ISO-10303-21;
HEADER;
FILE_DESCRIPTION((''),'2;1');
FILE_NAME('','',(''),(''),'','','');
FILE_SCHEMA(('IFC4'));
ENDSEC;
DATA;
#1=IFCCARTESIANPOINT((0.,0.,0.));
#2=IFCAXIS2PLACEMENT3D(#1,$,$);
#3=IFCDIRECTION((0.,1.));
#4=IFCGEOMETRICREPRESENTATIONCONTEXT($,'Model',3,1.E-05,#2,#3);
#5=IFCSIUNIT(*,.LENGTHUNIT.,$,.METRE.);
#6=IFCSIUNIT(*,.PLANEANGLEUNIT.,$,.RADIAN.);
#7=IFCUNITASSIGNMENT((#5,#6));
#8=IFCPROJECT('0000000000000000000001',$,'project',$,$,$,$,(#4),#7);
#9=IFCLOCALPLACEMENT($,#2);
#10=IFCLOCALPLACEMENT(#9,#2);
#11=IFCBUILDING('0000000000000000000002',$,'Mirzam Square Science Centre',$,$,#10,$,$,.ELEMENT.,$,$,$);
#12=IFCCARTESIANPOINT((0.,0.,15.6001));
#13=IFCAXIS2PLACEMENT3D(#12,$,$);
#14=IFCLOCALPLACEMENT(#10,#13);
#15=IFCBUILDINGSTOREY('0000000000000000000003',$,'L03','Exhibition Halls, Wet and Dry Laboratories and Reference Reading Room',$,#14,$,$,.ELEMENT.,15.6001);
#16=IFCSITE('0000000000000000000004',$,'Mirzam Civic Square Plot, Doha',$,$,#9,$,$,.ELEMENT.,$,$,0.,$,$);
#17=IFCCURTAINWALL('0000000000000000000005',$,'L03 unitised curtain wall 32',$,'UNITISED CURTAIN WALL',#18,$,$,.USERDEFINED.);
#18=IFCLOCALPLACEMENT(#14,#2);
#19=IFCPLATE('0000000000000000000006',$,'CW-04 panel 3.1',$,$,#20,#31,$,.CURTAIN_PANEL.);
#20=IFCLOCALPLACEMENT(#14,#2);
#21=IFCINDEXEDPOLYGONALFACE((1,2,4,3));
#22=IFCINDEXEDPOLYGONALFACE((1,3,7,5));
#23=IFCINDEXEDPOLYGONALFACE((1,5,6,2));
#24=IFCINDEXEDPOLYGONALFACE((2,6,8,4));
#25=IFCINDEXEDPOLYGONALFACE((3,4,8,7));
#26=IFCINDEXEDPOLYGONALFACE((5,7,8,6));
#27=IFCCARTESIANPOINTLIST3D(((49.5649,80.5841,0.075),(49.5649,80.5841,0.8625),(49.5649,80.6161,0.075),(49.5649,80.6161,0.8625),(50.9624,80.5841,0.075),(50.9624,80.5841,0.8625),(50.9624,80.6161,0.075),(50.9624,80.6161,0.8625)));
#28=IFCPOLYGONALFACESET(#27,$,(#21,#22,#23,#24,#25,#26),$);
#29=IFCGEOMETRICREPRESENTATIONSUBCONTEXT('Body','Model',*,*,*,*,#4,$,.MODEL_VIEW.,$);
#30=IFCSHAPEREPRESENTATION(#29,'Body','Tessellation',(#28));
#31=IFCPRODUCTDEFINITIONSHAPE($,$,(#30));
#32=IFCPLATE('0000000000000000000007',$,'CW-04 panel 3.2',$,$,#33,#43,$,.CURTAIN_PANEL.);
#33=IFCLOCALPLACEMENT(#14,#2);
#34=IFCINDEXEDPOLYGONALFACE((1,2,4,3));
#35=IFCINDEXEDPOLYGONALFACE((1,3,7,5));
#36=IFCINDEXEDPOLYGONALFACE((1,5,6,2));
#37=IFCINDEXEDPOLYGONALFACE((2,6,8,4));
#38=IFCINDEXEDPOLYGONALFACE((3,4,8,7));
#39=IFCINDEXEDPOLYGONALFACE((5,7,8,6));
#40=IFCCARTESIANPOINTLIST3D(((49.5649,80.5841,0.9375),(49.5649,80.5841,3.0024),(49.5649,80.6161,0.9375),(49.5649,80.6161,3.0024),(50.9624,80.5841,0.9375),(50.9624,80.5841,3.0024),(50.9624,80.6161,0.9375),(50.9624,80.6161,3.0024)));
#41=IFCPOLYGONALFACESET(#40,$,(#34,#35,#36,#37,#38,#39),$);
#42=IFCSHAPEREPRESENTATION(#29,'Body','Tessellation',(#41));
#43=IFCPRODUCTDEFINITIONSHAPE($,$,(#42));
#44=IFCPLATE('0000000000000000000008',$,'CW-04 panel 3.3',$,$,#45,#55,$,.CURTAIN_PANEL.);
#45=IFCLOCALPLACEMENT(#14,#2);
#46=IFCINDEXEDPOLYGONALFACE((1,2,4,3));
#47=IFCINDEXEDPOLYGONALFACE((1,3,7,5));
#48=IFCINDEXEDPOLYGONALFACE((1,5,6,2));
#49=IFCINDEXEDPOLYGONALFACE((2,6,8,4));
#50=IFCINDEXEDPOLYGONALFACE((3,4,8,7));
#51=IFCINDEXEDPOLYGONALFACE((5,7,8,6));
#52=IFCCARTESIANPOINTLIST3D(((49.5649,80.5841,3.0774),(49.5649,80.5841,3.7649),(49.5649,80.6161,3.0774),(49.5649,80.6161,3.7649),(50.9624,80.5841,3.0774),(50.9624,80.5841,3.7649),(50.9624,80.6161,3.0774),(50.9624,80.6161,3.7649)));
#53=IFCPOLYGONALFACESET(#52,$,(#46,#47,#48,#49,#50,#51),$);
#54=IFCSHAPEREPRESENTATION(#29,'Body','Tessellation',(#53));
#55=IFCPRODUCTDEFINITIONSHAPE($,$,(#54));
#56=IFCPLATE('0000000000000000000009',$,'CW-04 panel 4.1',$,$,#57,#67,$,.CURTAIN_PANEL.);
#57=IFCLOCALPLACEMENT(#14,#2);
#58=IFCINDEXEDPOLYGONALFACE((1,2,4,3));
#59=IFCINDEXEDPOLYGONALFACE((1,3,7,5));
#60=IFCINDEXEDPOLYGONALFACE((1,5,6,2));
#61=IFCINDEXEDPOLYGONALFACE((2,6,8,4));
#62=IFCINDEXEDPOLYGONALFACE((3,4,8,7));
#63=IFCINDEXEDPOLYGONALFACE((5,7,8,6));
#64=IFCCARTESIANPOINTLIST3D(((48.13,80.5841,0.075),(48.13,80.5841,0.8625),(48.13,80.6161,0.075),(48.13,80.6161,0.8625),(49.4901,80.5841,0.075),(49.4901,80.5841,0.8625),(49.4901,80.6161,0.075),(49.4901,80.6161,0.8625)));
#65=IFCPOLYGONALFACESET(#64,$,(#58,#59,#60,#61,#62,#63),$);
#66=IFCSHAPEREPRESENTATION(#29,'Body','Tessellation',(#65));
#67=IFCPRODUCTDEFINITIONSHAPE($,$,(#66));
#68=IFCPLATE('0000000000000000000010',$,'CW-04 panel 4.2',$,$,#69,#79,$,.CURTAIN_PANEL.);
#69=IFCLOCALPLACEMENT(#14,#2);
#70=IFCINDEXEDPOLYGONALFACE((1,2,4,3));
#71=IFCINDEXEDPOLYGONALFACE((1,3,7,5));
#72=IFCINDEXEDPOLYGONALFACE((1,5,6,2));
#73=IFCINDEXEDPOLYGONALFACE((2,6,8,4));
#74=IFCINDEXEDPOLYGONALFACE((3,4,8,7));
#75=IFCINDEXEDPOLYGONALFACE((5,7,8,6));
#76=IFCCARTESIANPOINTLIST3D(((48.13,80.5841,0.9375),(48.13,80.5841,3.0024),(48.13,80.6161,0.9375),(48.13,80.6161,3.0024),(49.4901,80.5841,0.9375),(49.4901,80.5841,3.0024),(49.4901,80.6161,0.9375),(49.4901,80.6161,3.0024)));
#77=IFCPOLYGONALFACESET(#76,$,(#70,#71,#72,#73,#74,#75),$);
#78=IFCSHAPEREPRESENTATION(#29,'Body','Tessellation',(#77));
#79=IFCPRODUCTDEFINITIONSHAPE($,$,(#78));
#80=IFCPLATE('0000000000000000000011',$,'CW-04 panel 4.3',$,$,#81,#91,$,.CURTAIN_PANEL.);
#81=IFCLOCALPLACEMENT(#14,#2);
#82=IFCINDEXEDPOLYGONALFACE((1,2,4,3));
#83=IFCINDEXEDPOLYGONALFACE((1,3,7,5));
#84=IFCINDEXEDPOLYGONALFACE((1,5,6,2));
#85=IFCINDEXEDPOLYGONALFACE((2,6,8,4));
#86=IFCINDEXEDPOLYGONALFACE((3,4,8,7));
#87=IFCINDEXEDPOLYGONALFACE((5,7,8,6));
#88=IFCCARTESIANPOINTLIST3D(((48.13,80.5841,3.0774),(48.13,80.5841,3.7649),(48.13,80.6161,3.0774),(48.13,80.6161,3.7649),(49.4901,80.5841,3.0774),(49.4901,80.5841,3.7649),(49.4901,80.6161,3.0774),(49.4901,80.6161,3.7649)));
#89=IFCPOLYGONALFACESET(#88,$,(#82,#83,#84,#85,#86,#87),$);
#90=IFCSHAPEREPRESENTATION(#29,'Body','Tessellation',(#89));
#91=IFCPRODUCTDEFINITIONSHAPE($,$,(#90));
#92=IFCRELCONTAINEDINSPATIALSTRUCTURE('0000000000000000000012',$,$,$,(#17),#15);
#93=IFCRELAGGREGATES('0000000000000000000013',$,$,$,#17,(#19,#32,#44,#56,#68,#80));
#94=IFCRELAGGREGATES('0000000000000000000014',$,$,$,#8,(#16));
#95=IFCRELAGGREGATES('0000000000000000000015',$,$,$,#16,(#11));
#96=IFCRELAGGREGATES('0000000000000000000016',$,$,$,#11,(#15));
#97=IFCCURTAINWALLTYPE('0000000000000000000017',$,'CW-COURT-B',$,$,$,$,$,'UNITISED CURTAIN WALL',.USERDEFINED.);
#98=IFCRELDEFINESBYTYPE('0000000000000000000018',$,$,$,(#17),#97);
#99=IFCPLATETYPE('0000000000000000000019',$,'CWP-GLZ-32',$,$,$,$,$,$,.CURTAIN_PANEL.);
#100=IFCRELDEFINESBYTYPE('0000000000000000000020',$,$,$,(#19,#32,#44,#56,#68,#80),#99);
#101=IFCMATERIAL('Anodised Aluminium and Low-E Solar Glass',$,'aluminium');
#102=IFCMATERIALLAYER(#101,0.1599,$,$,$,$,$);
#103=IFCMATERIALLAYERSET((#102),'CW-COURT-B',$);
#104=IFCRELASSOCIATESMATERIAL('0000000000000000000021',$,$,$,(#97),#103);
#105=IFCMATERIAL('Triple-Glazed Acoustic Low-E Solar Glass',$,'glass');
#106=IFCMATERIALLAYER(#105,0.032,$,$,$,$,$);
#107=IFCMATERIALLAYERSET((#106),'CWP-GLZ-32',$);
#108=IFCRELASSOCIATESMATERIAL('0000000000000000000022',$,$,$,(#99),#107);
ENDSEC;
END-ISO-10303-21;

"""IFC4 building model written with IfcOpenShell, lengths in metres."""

from ifc_helpers import new_model, si_unit, direction, frame, origin, origin_2d, place, context, subcontext, project, spatial, rectangle, extrude, material, layer, layer_set, type_object, element, aggregate, save


model = new_model("IFC4")

# Units and contexts
model_context = context("Model", 3, precision=1e-05, world=origin(), true_north=direction((0.0, 1.0)))
body_context = subcontext(model_context, "Body", "Model", "MODEL_VIEW")
ifc_project = project(units=[si_unit("LENGTHUNIT", "METRE"), si_unit("PLANEANGLEUNIT", "RADIAN")], contexts=[model_context])

# Site, building, storey
site_placement = place(None, origin())
site = spatial("IfcSite", under=ifc_project, at=site_placement, Name="Mirzam Civic Square Plot, Doha", CompositionType="ELEMENT", RefElevation=0.0)
building_placement = place(site_placement, origin())
building = spatial("IfcBuilding", under=site, at=building_placement, Name="Mirzam Square Science Centre", CompositionType="ELEMENT")
storey_placement = place(building_placement, frame((0.0, 0.0, 15.6001)))
storey = spatial("IfcBuildingStorey", under=building, at=storey_placement, Name="L03", Description="Exhibition Halls, Wet and Dry Laboratories and Reference Reading Room", CompositionType="ELEMENT", Elevation=15.6001)

# Shared definitions
ifc_material_1 = material(Name="Anodised Aluminium and Low-E Solar Glass", Category="aluminium")

# Curtain wall
ifc_layer_1 = layer(ifc_material_1, 0.1599)
ifc_layer_set_1 = layer_set([ifc_layer_1], Name="CW-COURT-B")
curtain_wall_type_1 = type_object("IfcCurtainWallType", Name="CW-COURT-B", ElementType="UNITISED CURTAIN WALL", PredefinedType="USERDEFINED", material=ifc_layer_set_1)
curtain_wall_1_placement = place(storey_placement, origin())
curtain_wall_1 = element("IfcCurtainWall", 1, at=curtain_wall_1_placement, inside=storey, type_object=curtain_wall_type_1, Name="L03 unitised curtain wall 32", ObjectType="UNITISED CURTAIN WALL", PredefinedType="USERDEFINED")

# Plates
ifc_material_2 = material(Name="Triple-Glazed Acoustic Low-E Solar Glass", Category="glass")
ifc_layer_2 = layer(ifc_material_2, 0.032)
ifc_layer_set_2 = layer_set([ifc_layer_2], Name="CWP-GLZ-32")
plate_type_1 = type_object("IfcPlateType", Name="CWP-GLZ-32", PredefinedType="CURTAIN_PANEL", material=ifc_layer_set_2)
plate_1_placement = place(storey_placement, frame((50.2637, 80.6001, 0.075), z_axis=(0.0, 0.0, 1.0), x_axis=(-1.0, 0.0, 0.0)))
plate_1 = element("IfcPlate", 2, at=plate_1_placement, type_object=plate_type_1, Name="CW-04 panel 3.1", PredefinedType="CURTAIN_PANEL", context=body_context, shape_type="SweptSolid", body=[
    extrude(rectangle(XDim=1.3975, YDim=0.032, at=origin_2d()), origin(), (0.0, 0.0, 1.0), 0.7876),
])
plate_2_placement = place(storey_placement, frame((50.2637, 80.6001, 0.9375), z_axis=(0.0, 0.0, 1.0), x_axis=(-1.0, 0.0, 0.0)))
plate_2 = element("IfcPlate", 3, at=plate_2_placement, type_object=plate_type_1, Name="CW-04 panel 3.2", PredefinedType="CURTAIN_PANEL", context=body_context, shape_type="SweptSolid", body=[
    extrude(rectangle(XDim=1.3975, YDim=0.032, at=origin_2d()), origin(), (0.0, 0.0, 1.0), 2.0649),
])
plate_3_placement = place(storey_placement, frame((50.2637, 80.6001, 3.0774), z_axis=(0.0, 0.0, 1.0), x_axis=(-1.0, 0.0, 0.0)))
plate_3 = element("IfcPlate", 4, at=plate_3_placement, type_object=plate_type_1, Name="CW-04 panel 3.3", PredefinedType="CURTAIN_PANEL", context=body_context, shape_type="SweptSolid", body=[
    extrude(rectangle(XDim=1.3975, YDim=0.032, at=origin_2d()), origin(), (0.0, 0.0, 1.0), 0.6875),
])
plate_4_placement = place(storey_placement, frame((48.8101, 80.6001, 0.075), z_axis=(0.0, 0.0, 1.0), x_axis=(-1.0, 0.0, 0.0)))
plate_4 = element("IfcPlate", 5, at=plate_4_placement, type_object=plate_type_1, Name="CW-04 panel 4.1", PredefinedType="CURTAIN_PANEL", context=body_context, shape_type="SweptSolid", body=[
    extrude(rectangle(XDim=1.3601, YDim=0.032, at=origin_2d()), origin(), (0.0, 0.0, 1.0), 0.7876),
])
plate_5_placement = place(storey_placement, frame((48.8101, 80.6001, 0.9375), z_axis=(0.0, 0.0, 1.0), x_axis=(-1.0, 0.0, 0.0)))
plate_5 = element("IfcPlate", 6, at=plate_5_placement, type_object=plate_type_1, Name="CW-04 panel 4.2", PredefinedType="CURTAIN_PANEL", context=body_context, shape_type="SweptSolid", body=[
    extrude(rectangle(XDim=1.3601, YDim=0.032, at=origin_2d()), origin(), (0.0, 0.0, 1.0), 2.0649),
])
plate_6_placement = place(storey_placement, frame((48.8101, 80.6001, 3.0774), z_axis=(0.0, 0.0, 1.0), x_axis=(-1.0, 0.0, 0.0)))
plate_6 = element("IfcPlate", 7, at=plate_6_placement, type_object=plate_type_1, Name="CW-04 panel 4.3", PredefinedType="CURTAIN_PANEL", context=body_context, shape_type="SweptSolid", body=[
    extrude(rectangle(XDim=1.3601, YDim=0.032, at=origin_2d()), origin(), (0.0, 0.0, 1.0), 0.6875),
])
aggregate(curtain_wall_1, [plate_1, plate_2, plate_3, plate_4, plate_5, plate_6])

save(model, "model.ifc")
